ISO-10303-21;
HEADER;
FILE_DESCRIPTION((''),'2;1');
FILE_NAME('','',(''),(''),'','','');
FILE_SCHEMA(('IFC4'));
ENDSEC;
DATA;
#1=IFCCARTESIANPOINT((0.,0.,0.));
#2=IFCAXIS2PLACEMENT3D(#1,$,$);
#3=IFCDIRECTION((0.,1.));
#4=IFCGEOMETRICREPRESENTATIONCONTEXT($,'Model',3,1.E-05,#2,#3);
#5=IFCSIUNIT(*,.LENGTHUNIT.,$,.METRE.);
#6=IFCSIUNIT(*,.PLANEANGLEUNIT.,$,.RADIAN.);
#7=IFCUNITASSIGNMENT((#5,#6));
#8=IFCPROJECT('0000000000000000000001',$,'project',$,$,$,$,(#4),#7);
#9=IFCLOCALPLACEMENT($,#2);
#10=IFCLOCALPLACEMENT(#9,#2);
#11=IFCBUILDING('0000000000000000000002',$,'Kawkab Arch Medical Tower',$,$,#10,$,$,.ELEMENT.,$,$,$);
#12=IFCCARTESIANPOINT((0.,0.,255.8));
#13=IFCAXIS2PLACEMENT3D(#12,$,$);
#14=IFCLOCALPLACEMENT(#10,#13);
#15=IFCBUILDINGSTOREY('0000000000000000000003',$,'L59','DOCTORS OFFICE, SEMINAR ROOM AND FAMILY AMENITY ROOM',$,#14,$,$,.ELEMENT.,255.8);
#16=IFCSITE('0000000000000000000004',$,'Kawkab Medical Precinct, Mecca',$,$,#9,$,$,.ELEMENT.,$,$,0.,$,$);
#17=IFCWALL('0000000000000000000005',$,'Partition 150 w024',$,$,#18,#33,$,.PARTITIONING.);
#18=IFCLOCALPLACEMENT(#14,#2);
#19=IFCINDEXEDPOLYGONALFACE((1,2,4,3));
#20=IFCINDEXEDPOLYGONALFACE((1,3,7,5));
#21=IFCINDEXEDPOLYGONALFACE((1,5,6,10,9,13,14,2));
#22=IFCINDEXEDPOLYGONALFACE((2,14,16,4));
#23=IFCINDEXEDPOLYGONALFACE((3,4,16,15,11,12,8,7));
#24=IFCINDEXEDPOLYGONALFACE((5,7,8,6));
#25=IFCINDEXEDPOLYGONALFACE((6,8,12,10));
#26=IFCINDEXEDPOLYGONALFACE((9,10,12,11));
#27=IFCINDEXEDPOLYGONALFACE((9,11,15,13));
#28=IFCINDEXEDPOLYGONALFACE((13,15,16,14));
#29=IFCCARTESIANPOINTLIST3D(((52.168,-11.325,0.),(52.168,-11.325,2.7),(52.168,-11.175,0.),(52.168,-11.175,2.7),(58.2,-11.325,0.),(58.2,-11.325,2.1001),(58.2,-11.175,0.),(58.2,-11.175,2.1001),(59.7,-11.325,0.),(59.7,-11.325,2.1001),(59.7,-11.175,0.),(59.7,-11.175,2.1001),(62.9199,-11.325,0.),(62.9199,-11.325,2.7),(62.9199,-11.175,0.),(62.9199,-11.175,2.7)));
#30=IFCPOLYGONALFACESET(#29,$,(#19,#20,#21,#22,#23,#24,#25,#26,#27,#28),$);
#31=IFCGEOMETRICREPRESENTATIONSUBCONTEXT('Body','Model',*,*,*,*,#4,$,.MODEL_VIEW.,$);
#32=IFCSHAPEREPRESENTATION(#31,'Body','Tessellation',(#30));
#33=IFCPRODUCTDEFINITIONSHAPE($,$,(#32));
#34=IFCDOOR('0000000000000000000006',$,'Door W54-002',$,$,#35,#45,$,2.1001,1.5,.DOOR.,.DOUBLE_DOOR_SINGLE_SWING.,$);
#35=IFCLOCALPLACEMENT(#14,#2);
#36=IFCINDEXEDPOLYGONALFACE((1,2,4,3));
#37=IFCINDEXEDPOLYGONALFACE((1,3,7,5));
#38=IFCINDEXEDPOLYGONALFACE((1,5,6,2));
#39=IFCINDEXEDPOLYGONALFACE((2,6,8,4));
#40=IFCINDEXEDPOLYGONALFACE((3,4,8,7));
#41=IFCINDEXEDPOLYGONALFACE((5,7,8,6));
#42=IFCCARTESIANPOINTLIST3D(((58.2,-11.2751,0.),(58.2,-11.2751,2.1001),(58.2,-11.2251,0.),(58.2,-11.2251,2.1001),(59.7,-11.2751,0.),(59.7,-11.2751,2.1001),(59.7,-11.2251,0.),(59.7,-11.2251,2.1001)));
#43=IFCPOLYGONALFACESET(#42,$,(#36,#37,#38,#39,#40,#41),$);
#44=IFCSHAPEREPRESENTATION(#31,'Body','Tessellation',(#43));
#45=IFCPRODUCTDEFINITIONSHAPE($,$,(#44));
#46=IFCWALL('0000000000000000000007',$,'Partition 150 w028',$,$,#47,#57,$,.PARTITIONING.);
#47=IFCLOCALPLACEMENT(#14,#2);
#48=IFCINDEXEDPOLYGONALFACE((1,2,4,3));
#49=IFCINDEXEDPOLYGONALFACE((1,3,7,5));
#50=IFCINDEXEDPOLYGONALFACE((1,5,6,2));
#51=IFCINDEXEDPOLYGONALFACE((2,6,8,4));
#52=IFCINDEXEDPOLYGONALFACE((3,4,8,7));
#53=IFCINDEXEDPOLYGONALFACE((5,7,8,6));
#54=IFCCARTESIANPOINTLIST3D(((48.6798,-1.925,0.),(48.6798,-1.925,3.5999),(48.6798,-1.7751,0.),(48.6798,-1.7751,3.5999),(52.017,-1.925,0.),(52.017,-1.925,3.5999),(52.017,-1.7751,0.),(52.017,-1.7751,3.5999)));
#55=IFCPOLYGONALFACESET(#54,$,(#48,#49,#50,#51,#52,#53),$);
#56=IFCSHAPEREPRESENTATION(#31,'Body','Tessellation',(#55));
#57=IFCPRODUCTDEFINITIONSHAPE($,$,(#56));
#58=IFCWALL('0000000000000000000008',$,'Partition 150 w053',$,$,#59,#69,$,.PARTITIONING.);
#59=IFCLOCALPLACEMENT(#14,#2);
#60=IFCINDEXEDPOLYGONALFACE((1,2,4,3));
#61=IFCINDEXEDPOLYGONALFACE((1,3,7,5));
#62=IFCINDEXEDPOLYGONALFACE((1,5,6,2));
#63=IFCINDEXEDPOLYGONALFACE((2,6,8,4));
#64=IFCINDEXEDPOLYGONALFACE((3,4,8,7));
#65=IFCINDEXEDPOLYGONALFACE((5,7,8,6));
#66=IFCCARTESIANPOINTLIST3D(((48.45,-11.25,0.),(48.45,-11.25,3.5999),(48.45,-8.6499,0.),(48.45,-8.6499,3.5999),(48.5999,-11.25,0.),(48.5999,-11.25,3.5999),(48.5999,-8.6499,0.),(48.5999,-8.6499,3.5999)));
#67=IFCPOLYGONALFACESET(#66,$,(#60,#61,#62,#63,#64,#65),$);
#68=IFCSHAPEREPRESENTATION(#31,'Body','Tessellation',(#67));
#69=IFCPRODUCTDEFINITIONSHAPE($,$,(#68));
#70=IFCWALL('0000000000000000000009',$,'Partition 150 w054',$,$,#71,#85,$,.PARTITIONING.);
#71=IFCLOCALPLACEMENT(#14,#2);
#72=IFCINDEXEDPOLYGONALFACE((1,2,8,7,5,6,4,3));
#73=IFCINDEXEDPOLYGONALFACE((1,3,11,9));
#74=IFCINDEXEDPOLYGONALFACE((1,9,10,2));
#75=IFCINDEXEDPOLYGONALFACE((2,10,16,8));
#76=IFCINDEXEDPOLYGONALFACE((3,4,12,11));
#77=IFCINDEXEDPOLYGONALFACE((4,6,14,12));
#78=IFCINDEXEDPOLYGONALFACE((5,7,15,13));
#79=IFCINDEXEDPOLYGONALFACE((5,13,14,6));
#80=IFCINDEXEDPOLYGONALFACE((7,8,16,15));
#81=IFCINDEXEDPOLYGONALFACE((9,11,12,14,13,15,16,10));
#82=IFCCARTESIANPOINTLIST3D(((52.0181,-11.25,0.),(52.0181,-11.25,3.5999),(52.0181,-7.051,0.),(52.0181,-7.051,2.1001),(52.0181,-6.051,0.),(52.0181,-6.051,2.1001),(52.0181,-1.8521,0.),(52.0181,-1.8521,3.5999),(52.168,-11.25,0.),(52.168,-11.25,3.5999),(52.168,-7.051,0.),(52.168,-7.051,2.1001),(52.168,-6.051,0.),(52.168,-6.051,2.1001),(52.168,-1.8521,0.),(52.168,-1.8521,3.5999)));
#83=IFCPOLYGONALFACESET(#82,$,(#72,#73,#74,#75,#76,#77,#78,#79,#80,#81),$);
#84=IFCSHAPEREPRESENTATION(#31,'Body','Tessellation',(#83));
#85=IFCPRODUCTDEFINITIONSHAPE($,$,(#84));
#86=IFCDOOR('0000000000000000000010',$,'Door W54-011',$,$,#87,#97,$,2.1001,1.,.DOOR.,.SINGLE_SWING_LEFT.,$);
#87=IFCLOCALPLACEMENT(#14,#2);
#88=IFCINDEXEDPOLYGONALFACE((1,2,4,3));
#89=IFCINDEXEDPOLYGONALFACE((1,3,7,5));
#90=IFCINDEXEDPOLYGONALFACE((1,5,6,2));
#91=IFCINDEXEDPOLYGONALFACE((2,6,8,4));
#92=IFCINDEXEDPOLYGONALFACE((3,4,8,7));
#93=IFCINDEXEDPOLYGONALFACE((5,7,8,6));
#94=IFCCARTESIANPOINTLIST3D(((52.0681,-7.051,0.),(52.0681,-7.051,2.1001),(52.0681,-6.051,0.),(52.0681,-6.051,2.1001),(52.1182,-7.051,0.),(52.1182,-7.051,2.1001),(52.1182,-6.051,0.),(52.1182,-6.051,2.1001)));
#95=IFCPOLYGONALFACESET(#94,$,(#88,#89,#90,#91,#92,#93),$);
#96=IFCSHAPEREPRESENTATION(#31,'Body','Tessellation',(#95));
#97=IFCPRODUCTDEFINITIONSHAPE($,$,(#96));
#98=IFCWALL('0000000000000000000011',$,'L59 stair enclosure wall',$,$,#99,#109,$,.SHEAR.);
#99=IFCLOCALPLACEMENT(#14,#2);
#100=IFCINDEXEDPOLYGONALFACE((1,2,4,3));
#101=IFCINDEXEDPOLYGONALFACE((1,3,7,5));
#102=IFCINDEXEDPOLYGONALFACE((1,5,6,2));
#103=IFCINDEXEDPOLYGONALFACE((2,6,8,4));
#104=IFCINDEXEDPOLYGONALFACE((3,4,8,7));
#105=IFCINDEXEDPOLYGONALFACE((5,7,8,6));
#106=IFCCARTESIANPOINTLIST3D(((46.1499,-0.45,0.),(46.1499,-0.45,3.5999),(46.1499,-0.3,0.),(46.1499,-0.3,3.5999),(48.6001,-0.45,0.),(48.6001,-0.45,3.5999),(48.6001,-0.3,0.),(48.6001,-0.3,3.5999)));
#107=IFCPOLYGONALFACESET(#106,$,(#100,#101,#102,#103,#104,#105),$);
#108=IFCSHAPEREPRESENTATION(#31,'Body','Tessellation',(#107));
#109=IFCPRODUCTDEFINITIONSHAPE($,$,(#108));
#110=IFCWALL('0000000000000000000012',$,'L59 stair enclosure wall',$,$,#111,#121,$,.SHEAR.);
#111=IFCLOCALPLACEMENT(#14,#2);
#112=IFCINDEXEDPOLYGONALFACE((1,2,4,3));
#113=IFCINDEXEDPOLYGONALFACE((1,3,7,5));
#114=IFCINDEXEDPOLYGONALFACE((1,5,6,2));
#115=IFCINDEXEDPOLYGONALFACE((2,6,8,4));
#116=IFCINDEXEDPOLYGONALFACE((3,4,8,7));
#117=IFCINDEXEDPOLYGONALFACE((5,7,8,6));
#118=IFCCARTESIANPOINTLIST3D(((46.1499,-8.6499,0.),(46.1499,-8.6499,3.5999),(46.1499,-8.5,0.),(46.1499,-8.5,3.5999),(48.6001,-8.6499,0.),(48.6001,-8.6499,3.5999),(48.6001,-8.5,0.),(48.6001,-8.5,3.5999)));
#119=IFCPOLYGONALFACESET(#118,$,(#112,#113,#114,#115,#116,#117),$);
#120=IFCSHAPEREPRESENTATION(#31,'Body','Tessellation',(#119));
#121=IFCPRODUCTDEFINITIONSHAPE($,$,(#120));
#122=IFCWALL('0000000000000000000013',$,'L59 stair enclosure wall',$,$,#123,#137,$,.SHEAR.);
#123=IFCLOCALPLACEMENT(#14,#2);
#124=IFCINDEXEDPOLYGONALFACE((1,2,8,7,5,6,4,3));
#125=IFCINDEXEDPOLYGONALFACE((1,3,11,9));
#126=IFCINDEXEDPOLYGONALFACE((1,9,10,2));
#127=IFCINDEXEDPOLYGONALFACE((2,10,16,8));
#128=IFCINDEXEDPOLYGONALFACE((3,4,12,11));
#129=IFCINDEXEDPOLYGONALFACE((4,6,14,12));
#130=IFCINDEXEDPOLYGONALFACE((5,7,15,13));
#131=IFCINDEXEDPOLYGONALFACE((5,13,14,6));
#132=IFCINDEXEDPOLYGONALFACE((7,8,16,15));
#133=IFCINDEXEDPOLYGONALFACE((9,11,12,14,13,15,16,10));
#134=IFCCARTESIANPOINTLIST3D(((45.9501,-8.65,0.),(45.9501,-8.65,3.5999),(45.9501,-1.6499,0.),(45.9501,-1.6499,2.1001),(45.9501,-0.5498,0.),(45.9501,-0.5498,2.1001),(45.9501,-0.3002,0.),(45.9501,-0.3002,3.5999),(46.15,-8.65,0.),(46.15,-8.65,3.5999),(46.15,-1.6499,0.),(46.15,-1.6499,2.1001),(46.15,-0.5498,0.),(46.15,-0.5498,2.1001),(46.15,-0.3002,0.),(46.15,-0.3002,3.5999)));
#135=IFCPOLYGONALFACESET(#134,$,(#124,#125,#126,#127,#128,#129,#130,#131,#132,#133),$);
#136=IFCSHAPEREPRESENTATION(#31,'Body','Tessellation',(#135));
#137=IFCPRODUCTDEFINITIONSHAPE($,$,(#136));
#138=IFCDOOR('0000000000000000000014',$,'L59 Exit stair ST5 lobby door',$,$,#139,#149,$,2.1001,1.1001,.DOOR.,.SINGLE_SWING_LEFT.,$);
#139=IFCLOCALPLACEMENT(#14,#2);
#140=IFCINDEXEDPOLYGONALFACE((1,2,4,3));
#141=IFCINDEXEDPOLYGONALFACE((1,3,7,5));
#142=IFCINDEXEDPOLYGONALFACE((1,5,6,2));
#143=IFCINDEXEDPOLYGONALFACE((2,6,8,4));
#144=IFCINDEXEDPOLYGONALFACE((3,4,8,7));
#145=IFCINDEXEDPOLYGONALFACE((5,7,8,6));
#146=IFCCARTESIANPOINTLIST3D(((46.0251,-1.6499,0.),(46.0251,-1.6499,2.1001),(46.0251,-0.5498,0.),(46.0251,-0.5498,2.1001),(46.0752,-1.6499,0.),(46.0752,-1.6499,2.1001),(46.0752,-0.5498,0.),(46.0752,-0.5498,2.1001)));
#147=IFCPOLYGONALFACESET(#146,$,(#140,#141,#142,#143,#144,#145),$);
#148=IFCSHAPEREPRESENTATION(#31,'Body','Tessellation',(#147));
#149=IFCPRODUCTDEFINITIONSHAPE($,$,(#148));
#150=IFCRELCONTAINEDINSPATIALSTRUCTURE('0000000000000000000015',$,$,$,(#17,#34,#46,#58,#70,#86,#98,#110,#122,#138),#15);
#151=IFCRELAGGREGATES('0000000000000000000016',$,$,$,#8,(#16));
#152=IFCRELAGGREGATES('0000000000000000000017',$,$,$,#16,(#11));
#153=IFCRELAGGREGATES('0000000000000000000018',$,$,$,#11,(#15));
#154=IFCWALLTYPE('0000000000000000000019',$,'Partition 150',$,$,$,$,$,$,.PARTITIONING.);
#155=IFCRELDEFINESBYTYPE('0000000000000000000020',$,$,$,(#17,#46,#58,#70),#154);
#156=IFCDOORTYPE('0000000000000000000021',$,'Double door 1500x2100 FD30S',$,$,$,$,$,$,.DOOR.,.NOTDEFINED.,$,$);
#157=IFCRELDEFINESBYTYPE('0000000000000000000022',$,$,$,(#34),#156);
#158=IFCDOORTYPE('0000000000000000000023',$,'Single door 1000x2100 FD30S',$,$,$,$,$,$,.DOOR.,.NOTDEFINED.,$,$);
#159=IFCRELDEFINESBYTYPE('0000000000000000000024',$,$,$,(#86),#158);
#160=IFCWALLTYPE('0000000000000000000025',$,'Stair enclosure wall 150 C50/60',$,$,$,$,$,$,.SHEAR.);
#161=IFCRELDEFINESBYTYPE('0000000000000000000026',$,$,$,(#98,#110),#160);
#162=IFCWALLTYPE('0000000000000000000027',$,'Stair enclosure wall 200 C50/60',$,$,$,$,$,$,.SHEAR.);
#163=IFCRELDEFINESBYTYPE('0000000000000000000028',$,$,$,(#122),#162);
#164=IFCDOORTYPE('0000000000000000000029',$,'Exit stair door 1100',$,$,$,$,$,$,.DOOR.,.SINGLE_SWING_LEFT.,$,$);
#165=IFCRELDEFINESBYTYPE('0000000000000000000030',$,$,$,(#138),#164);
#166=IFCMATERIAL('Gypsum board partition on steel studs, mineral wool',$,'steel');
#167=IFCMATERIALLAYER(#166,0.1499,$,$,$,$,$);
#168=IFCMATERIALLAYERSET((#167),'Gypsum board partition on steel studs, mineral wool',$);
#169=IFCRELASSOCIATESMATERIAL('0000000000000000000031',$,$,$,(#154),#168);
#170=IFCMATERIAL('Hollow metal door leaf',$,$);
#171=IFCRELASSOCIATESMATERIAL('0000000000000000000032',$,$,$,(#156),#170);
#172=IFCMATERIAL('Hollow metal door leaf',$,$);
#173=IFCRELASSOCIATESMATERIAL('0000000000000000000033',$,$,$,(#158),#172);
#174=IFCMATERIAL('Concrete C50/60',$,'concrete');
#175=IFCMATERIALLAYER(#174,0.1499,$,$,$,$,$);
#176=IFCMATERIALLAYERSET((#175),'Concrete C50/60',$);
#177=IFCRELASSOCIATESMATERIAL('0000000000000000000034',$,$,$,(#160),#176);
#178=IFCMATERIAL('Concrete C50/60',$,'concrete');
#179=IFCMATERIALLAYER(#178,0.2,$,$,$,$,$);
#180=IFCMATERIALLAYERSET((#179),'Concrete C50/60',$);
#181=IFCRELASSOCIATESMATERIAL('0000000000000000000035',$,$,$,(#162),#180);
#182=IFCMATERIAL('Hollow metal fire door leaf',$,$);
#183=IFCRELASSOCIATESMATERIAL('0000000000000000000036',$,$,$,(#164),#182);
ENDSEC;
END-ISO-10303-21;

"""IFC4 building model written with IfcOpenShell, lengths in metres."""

from ifc_helpers import new_model, si_unit, direction, frame, frame_2d, origin, place, context, subcontext, project, spatial, rectangle, extrude, material, layer, layer_set, type_object, element, fill, save


model = new_model("IFC4")

# Units and contexts
model_context = context("Model", 3, precision=1e-05, world=origin(), true_north=direction((0.0, 1.0)))
body_context = subcontext(model_context, "Body", "Model", "MODEL_VIEW")
ifc_project = project(units=[si_unit("LENGTHUNIT", "METRE"), si_unit("PLANEANGLEUNIT", "RADIAN")], contexts=[model_context])

# Site, building, storey
site_placement = place(None, origin())
site = spatial("IfcSite", under=ifc_project, at=site_placement, Name="Kawkab Medical Precinct, Mecca", CompositionType="ELEMENT", RefElevation=0.0)
building_placement = place(site_placement, origin())
building = spatial("IfcBuilding", under=site, at=building_placement, Name="Kawkab Arch Medical Tower", CompositionType="ELEMENT")
storey_placement = place(building_placement, frame((0.0, 0.0, 255.8)))
storey = spatial("IfcBuildingStorey", under=building, at=storey_placement, Name="L59", Description="DOCTORS OFFICE, SEMINAR ROOM AND FAMILY AMENITY ROOM", CompositionType="ELEMENT", Elevation=255.8)

# Wall, opening, door
ifc_material_1 = material(Name="Gypsum board partition on steel studs, mineral wool", Category="steel")
ifc_layer_1 = layer(ifc_material_1, 0.1499)
ifc_layer_set_1 = layer_set([ifc_layer_1], Name="Gypsum board partition on steel studs, mineral wool")
wall_type_1 = type_object("IfcWallType", Name="Partition 150", PredefinedType="PARTITIONING", material=ifc_layer_set_1)
wall_1_placement = place(storey_placement, frame((52.168, -11.25, 0.0), z_axis=(0.0, 0.0, 1.0), x_axis=(1.0, 0.0, 0.0)))
wall_1 = element("IfcWall", 1, at=wall_1_placement, inside=storey, type_object=wall_type_1, Name="Partition 150 w024", PredefinedType="PARTITIONING", context=body_context, shape_type="SweptSolid", body=[
    extrude(rectangle(XDim=10.752, YDim=0.1499, at=frame_2d((5.376, 0.0))), origin(), (0.0, 0.0, 1.0), 2.7),
])
opening_1_placement = place(wall_1_placement, frame((6.032, 0.0, 0.0)))
opening_1 = element("IfcOpeningElement", 2, at=opening_1_placement, cuts=wall_1, PredefinedType="OPENING", context=body_context, shape_type="SweptSolid", body=[
    extrude(rectangle(XDim=1.5, YDim=2.1001, at=frame_2d((0.75, 1.05))), frame((0.0, 0.085, 0.0), z_axis=(0.0, -1.0, 0.0), x_axis=(1.0, 0.0, 0.0)), (0.0, 0.0, 1.0), 0.1699),
])
ifc_material_2 = material(Name="Hollow metal door leaf")
door_type_1 = type_object("IfcDoorType", Name="Double door 1500x2100 FD30S", OperationType="NOTDEFINED", PredefinedType="DOOR", material=ifc_material_2)
door_1_placement = place(opening_1_placement, origin())
door_1 = element("IfcDoor", 3, at=door_1_placement, inside=storey, type_object=door_type_1, Name="Door W54-002", OperationType="DOUBLE_DOOR_SINGLE_SWING", OverallHeight=2.1001, OverallWidth=1.5, PredefinedType="DOOR", context=body_context, shape_type="SweptSolid", body=[
    extrude(rectangle(XDim=1.5, YDim=2.1001, at=frame_2d((0.75, 1.05))), frame((0.0, 0.0249, 0.0), z_axis=(0.0, -1.0, 0.0), x_axis=(1.0, 0.0, 0.0)), (0.0, 0.0, 1.0), 0.05),
])
fill(opening_1, door_1)

# Walls
wall_2_placement = place(storey_placement, frame((48.6799, -1.8501, 0.0), z_axis=(0.0, 0.0, 1.0), x_axis=(1.0, 0.0, 0.0)))
element("IfcWall", 4, at=wall_2_placement, inside=storey, type_object=wall_type_1, Name="Partition 150 w028", PredefinedType="PARTITIONING", context=body_context, shape_type="SweptSolid", body=[
    extrude(rectangle(XDim=3.3372, YDim=0.1499, at=frame_2d((1.6685, 0.0))), origin(), (0.0, 0.0, 1.0), 3.5999),
])
wall_3_placement = place(storey_placement, frame((48.5249, -11.25, 0.0), z_axis=(0.0, 0.0, 1.0), x_axis=(0.0, 1.0, 0.0)))
element("IfcWall", 5, at=wall_3_placement, inside=storey, type_object=wall_type_1, Name="Partition 150 w053", PredefinedType="PARTITIONING", context=body_context, shape_type="SweptSolid", body=[
    extrude(rectangle(XDim=2.6001, YDim=0.1499, at=frame_2d((1.3, 0.0))), origin(), (0.0, 0.0, 1.0), 3.5999),
])

# Wall, opening, door
wall_4_placement = place(storey_placement, frame((52.093, -11.25, 0.0), z_axis=(0.0, 0.0, 1.0), x_axis=(0.0, 1.0, 0.0)))
wall_4 = element("IfcWall", 6, at=wall_4_placement, inside=storey, type_object=wall_type_1, Name="Partition 150 w054", PredefinedType="PARTITIONING", context=body_context, shape_type="SweptSolid", body=[
    extrude(rectangle(XDim=9.3979, YDim=0.1499, at=frame_2d((4.699, 0.0))), origin(), (0.0, 0.0, 1.0), 3.5999),
])
opening_2_placement = place(wall_4_placement, frame((4.199, 0.0, 0.0)))
opening_2 = element("IfcOpeningElement", 7, at=opening_2_placement, cuts=wall_4, PredefinedType="OPENING", context=body_context, shape_type="SweptSolid", body=[
    extrude(rectangle(XDim=1.0, YDim=2.1001, at=frame_2d((0.5, 1.05))), frame((0.0, 0.085, 0.0), z_axis=(0.0, -1.0, 0.0), x_axis=(1.0, 0.0, 0.0)), (0.0, 0.0, 1.0), 0.1699),
])
ifc_material_3 = material(Name="Hollow metal door leaf")
door_type_2 = type_object("IfcDoorType", Name="Single door 1000x2100 FD30S", OperationType="NOTDEFINED", PredefinedType="DOOR", material=ifc_material_3)
door_2_placement = place(opening_2_placement, origin())
door_2 = element("IfcDoor", 8, at=door_2_placement, inside=storey, type_object=door_type_2, Name="Door W54-011", OperationType="SINGLE_SWING_LEFT", OverallHeight=2.1001, OverallWidth=1.0, PredefinedType="DOOR", context=body_context, shape_type="SweptSolid", body=[
    extrude(rectangle(XDim=1.0, YDim=2.1001, at=frame_2d((0.5, 1.05))), frame((0.0, 0.0249, 0.0), z_axis=(0.0, -1.0, 0.0), x_axis=(1.0, 0.0, 0.0)), (0.0, 0.0, 1.0), 0.05),
])
fill(opening_2, door_2)

# Walls
ifc_material_4 = material(Name="Concrete C50/60", Category="concrete")
ifc_layer_2 = layer(ifc_material_4, 0.1499)
ifc_layer_set_2 = layer_set([ifc_layer_2], Name="Concrete C50/60")
wall_type_2 = type_object("IfcWallType", Name="Stair enclosure wall 150 C50/60", PredefinedType="SHEAR", material=ifc_layer_set_2)
for number, where, z_axis, x_axis, name in (
    (9, (46.1499, -0.375, 0.0), (0.0, 0.0, 1.0), (1.0, 0.0, 0.0), "L59 stair enclosure wall"),
    (10, (46.1499, -8.575, 0.0), (0.0, 0.0, 1.0), (1.0, 0.0, 0.0), "L59 stair enclosure wall"),
):
    element("IfcWall", number, at=place(storey_placement, frame(where, z_axis=z_axis, x_axis=x_axis)), inside=storey, type_object=wall_type_2, Name=name, PredefinedType="SHEAR", context=body_context, shape_type="SweptSolid", body=[
        extrude(rectangle(XDim=2.4502, YDim=0.1499, at=frame_2d((1.2251, 0.0))), origin(), (0.0, 0.0, 1.0), 3.5999),
    ])

# Wall, opening, door
ifc_material_5 = material(Name="Concrete C50/60", Category="concrete")
ifc_layer_3 = layer(ifc_material_5, 0.2)
ifc_layer_set_3 = layer_set([ifc_layer_3], Name="Concrete C50/60")
wall_type_3 = type_object("IfcWallType", Name="Stair enclosure wall 200 C50/60", PredefinedType="SHEAR", material=ifc_layer_set_3)
wall_5_placement = place(storey_placement, frame((46.05, -8.6499, 0.0), z_axis=(0.0, 0.0, 1.0), x_axis=(0.0, 1.0, 0.0)))
wall_5 = element("IfcWall", 11, at=wall_5_placement, inside=storey, type_object=wall_type_3, Name="L59 stair enclosure wall", PredefinedType="SHEAR", context=body_context, shape_type="SweptSolid", body=[
    extrude(rectangle(XDim=8.3499, YDim=0.2, at=frame_2d((4.1748, 0.0))), origin(), (0.0, 0.0, 1.0), 3.5999),
])
opening_3_placement = place(wall_5_placement, frame((7.0, 0.0, 0.0)))
opening_3 = element("IfcOpeningElement", 12, at=opening_3_placement, cuts=wall_5, PredefinedType="OPENING", context=body_context, shape_type="SweptSolid", body=[
    extrude(rectangle(XDim=1.1001, YDim=2.1001, at=frame_2d((0.55, 1.05))), frame((0.0, 0.1099, 0.0), z_axis=(0.0, -1.0, 0.0), x_axis=(1.0, 0.0, 0.0)), (0.0, 0.0, 1.0), 0.22),
])
ifc_material_6 = material(Name="Hollow metal fire door leaf")
door_type_3 = type_object("IfcDoorType", Name="Exit stair door 1100", OperationType="SINGLE_SWING_LEFT", PredefinedType="DOOR", material=ifc_material_6)
door_3_placement = place(opening_3_placement, origin())
door_3 = element("IfcDoor", 13, at=door_3_placement, inside=storey, type_object=door_type_3, Name="L59 Exit stair ST5 lobby door", OperationType="SINGLE_SWING_LEFT", OverallHeight=2.1001, OverallWidth=1.1001, PredefinedType="DOOR", context=body_context, shape_type="SweptSolid", body=[
    extrude(rectangle(XDim=1.1001, YDim=2.1001, at=frame_2d((0.55, 1.05))), frame((0.0, 0.0249, 0.0), z_axis=(0.0, -1.0, 0.0), x_axis=(1.0, 0.0, 0.0)), (0.0, 0.0, 1.0), 0.05),
])
fill(opening_3, door_3)

save(model, "model.ifc")
